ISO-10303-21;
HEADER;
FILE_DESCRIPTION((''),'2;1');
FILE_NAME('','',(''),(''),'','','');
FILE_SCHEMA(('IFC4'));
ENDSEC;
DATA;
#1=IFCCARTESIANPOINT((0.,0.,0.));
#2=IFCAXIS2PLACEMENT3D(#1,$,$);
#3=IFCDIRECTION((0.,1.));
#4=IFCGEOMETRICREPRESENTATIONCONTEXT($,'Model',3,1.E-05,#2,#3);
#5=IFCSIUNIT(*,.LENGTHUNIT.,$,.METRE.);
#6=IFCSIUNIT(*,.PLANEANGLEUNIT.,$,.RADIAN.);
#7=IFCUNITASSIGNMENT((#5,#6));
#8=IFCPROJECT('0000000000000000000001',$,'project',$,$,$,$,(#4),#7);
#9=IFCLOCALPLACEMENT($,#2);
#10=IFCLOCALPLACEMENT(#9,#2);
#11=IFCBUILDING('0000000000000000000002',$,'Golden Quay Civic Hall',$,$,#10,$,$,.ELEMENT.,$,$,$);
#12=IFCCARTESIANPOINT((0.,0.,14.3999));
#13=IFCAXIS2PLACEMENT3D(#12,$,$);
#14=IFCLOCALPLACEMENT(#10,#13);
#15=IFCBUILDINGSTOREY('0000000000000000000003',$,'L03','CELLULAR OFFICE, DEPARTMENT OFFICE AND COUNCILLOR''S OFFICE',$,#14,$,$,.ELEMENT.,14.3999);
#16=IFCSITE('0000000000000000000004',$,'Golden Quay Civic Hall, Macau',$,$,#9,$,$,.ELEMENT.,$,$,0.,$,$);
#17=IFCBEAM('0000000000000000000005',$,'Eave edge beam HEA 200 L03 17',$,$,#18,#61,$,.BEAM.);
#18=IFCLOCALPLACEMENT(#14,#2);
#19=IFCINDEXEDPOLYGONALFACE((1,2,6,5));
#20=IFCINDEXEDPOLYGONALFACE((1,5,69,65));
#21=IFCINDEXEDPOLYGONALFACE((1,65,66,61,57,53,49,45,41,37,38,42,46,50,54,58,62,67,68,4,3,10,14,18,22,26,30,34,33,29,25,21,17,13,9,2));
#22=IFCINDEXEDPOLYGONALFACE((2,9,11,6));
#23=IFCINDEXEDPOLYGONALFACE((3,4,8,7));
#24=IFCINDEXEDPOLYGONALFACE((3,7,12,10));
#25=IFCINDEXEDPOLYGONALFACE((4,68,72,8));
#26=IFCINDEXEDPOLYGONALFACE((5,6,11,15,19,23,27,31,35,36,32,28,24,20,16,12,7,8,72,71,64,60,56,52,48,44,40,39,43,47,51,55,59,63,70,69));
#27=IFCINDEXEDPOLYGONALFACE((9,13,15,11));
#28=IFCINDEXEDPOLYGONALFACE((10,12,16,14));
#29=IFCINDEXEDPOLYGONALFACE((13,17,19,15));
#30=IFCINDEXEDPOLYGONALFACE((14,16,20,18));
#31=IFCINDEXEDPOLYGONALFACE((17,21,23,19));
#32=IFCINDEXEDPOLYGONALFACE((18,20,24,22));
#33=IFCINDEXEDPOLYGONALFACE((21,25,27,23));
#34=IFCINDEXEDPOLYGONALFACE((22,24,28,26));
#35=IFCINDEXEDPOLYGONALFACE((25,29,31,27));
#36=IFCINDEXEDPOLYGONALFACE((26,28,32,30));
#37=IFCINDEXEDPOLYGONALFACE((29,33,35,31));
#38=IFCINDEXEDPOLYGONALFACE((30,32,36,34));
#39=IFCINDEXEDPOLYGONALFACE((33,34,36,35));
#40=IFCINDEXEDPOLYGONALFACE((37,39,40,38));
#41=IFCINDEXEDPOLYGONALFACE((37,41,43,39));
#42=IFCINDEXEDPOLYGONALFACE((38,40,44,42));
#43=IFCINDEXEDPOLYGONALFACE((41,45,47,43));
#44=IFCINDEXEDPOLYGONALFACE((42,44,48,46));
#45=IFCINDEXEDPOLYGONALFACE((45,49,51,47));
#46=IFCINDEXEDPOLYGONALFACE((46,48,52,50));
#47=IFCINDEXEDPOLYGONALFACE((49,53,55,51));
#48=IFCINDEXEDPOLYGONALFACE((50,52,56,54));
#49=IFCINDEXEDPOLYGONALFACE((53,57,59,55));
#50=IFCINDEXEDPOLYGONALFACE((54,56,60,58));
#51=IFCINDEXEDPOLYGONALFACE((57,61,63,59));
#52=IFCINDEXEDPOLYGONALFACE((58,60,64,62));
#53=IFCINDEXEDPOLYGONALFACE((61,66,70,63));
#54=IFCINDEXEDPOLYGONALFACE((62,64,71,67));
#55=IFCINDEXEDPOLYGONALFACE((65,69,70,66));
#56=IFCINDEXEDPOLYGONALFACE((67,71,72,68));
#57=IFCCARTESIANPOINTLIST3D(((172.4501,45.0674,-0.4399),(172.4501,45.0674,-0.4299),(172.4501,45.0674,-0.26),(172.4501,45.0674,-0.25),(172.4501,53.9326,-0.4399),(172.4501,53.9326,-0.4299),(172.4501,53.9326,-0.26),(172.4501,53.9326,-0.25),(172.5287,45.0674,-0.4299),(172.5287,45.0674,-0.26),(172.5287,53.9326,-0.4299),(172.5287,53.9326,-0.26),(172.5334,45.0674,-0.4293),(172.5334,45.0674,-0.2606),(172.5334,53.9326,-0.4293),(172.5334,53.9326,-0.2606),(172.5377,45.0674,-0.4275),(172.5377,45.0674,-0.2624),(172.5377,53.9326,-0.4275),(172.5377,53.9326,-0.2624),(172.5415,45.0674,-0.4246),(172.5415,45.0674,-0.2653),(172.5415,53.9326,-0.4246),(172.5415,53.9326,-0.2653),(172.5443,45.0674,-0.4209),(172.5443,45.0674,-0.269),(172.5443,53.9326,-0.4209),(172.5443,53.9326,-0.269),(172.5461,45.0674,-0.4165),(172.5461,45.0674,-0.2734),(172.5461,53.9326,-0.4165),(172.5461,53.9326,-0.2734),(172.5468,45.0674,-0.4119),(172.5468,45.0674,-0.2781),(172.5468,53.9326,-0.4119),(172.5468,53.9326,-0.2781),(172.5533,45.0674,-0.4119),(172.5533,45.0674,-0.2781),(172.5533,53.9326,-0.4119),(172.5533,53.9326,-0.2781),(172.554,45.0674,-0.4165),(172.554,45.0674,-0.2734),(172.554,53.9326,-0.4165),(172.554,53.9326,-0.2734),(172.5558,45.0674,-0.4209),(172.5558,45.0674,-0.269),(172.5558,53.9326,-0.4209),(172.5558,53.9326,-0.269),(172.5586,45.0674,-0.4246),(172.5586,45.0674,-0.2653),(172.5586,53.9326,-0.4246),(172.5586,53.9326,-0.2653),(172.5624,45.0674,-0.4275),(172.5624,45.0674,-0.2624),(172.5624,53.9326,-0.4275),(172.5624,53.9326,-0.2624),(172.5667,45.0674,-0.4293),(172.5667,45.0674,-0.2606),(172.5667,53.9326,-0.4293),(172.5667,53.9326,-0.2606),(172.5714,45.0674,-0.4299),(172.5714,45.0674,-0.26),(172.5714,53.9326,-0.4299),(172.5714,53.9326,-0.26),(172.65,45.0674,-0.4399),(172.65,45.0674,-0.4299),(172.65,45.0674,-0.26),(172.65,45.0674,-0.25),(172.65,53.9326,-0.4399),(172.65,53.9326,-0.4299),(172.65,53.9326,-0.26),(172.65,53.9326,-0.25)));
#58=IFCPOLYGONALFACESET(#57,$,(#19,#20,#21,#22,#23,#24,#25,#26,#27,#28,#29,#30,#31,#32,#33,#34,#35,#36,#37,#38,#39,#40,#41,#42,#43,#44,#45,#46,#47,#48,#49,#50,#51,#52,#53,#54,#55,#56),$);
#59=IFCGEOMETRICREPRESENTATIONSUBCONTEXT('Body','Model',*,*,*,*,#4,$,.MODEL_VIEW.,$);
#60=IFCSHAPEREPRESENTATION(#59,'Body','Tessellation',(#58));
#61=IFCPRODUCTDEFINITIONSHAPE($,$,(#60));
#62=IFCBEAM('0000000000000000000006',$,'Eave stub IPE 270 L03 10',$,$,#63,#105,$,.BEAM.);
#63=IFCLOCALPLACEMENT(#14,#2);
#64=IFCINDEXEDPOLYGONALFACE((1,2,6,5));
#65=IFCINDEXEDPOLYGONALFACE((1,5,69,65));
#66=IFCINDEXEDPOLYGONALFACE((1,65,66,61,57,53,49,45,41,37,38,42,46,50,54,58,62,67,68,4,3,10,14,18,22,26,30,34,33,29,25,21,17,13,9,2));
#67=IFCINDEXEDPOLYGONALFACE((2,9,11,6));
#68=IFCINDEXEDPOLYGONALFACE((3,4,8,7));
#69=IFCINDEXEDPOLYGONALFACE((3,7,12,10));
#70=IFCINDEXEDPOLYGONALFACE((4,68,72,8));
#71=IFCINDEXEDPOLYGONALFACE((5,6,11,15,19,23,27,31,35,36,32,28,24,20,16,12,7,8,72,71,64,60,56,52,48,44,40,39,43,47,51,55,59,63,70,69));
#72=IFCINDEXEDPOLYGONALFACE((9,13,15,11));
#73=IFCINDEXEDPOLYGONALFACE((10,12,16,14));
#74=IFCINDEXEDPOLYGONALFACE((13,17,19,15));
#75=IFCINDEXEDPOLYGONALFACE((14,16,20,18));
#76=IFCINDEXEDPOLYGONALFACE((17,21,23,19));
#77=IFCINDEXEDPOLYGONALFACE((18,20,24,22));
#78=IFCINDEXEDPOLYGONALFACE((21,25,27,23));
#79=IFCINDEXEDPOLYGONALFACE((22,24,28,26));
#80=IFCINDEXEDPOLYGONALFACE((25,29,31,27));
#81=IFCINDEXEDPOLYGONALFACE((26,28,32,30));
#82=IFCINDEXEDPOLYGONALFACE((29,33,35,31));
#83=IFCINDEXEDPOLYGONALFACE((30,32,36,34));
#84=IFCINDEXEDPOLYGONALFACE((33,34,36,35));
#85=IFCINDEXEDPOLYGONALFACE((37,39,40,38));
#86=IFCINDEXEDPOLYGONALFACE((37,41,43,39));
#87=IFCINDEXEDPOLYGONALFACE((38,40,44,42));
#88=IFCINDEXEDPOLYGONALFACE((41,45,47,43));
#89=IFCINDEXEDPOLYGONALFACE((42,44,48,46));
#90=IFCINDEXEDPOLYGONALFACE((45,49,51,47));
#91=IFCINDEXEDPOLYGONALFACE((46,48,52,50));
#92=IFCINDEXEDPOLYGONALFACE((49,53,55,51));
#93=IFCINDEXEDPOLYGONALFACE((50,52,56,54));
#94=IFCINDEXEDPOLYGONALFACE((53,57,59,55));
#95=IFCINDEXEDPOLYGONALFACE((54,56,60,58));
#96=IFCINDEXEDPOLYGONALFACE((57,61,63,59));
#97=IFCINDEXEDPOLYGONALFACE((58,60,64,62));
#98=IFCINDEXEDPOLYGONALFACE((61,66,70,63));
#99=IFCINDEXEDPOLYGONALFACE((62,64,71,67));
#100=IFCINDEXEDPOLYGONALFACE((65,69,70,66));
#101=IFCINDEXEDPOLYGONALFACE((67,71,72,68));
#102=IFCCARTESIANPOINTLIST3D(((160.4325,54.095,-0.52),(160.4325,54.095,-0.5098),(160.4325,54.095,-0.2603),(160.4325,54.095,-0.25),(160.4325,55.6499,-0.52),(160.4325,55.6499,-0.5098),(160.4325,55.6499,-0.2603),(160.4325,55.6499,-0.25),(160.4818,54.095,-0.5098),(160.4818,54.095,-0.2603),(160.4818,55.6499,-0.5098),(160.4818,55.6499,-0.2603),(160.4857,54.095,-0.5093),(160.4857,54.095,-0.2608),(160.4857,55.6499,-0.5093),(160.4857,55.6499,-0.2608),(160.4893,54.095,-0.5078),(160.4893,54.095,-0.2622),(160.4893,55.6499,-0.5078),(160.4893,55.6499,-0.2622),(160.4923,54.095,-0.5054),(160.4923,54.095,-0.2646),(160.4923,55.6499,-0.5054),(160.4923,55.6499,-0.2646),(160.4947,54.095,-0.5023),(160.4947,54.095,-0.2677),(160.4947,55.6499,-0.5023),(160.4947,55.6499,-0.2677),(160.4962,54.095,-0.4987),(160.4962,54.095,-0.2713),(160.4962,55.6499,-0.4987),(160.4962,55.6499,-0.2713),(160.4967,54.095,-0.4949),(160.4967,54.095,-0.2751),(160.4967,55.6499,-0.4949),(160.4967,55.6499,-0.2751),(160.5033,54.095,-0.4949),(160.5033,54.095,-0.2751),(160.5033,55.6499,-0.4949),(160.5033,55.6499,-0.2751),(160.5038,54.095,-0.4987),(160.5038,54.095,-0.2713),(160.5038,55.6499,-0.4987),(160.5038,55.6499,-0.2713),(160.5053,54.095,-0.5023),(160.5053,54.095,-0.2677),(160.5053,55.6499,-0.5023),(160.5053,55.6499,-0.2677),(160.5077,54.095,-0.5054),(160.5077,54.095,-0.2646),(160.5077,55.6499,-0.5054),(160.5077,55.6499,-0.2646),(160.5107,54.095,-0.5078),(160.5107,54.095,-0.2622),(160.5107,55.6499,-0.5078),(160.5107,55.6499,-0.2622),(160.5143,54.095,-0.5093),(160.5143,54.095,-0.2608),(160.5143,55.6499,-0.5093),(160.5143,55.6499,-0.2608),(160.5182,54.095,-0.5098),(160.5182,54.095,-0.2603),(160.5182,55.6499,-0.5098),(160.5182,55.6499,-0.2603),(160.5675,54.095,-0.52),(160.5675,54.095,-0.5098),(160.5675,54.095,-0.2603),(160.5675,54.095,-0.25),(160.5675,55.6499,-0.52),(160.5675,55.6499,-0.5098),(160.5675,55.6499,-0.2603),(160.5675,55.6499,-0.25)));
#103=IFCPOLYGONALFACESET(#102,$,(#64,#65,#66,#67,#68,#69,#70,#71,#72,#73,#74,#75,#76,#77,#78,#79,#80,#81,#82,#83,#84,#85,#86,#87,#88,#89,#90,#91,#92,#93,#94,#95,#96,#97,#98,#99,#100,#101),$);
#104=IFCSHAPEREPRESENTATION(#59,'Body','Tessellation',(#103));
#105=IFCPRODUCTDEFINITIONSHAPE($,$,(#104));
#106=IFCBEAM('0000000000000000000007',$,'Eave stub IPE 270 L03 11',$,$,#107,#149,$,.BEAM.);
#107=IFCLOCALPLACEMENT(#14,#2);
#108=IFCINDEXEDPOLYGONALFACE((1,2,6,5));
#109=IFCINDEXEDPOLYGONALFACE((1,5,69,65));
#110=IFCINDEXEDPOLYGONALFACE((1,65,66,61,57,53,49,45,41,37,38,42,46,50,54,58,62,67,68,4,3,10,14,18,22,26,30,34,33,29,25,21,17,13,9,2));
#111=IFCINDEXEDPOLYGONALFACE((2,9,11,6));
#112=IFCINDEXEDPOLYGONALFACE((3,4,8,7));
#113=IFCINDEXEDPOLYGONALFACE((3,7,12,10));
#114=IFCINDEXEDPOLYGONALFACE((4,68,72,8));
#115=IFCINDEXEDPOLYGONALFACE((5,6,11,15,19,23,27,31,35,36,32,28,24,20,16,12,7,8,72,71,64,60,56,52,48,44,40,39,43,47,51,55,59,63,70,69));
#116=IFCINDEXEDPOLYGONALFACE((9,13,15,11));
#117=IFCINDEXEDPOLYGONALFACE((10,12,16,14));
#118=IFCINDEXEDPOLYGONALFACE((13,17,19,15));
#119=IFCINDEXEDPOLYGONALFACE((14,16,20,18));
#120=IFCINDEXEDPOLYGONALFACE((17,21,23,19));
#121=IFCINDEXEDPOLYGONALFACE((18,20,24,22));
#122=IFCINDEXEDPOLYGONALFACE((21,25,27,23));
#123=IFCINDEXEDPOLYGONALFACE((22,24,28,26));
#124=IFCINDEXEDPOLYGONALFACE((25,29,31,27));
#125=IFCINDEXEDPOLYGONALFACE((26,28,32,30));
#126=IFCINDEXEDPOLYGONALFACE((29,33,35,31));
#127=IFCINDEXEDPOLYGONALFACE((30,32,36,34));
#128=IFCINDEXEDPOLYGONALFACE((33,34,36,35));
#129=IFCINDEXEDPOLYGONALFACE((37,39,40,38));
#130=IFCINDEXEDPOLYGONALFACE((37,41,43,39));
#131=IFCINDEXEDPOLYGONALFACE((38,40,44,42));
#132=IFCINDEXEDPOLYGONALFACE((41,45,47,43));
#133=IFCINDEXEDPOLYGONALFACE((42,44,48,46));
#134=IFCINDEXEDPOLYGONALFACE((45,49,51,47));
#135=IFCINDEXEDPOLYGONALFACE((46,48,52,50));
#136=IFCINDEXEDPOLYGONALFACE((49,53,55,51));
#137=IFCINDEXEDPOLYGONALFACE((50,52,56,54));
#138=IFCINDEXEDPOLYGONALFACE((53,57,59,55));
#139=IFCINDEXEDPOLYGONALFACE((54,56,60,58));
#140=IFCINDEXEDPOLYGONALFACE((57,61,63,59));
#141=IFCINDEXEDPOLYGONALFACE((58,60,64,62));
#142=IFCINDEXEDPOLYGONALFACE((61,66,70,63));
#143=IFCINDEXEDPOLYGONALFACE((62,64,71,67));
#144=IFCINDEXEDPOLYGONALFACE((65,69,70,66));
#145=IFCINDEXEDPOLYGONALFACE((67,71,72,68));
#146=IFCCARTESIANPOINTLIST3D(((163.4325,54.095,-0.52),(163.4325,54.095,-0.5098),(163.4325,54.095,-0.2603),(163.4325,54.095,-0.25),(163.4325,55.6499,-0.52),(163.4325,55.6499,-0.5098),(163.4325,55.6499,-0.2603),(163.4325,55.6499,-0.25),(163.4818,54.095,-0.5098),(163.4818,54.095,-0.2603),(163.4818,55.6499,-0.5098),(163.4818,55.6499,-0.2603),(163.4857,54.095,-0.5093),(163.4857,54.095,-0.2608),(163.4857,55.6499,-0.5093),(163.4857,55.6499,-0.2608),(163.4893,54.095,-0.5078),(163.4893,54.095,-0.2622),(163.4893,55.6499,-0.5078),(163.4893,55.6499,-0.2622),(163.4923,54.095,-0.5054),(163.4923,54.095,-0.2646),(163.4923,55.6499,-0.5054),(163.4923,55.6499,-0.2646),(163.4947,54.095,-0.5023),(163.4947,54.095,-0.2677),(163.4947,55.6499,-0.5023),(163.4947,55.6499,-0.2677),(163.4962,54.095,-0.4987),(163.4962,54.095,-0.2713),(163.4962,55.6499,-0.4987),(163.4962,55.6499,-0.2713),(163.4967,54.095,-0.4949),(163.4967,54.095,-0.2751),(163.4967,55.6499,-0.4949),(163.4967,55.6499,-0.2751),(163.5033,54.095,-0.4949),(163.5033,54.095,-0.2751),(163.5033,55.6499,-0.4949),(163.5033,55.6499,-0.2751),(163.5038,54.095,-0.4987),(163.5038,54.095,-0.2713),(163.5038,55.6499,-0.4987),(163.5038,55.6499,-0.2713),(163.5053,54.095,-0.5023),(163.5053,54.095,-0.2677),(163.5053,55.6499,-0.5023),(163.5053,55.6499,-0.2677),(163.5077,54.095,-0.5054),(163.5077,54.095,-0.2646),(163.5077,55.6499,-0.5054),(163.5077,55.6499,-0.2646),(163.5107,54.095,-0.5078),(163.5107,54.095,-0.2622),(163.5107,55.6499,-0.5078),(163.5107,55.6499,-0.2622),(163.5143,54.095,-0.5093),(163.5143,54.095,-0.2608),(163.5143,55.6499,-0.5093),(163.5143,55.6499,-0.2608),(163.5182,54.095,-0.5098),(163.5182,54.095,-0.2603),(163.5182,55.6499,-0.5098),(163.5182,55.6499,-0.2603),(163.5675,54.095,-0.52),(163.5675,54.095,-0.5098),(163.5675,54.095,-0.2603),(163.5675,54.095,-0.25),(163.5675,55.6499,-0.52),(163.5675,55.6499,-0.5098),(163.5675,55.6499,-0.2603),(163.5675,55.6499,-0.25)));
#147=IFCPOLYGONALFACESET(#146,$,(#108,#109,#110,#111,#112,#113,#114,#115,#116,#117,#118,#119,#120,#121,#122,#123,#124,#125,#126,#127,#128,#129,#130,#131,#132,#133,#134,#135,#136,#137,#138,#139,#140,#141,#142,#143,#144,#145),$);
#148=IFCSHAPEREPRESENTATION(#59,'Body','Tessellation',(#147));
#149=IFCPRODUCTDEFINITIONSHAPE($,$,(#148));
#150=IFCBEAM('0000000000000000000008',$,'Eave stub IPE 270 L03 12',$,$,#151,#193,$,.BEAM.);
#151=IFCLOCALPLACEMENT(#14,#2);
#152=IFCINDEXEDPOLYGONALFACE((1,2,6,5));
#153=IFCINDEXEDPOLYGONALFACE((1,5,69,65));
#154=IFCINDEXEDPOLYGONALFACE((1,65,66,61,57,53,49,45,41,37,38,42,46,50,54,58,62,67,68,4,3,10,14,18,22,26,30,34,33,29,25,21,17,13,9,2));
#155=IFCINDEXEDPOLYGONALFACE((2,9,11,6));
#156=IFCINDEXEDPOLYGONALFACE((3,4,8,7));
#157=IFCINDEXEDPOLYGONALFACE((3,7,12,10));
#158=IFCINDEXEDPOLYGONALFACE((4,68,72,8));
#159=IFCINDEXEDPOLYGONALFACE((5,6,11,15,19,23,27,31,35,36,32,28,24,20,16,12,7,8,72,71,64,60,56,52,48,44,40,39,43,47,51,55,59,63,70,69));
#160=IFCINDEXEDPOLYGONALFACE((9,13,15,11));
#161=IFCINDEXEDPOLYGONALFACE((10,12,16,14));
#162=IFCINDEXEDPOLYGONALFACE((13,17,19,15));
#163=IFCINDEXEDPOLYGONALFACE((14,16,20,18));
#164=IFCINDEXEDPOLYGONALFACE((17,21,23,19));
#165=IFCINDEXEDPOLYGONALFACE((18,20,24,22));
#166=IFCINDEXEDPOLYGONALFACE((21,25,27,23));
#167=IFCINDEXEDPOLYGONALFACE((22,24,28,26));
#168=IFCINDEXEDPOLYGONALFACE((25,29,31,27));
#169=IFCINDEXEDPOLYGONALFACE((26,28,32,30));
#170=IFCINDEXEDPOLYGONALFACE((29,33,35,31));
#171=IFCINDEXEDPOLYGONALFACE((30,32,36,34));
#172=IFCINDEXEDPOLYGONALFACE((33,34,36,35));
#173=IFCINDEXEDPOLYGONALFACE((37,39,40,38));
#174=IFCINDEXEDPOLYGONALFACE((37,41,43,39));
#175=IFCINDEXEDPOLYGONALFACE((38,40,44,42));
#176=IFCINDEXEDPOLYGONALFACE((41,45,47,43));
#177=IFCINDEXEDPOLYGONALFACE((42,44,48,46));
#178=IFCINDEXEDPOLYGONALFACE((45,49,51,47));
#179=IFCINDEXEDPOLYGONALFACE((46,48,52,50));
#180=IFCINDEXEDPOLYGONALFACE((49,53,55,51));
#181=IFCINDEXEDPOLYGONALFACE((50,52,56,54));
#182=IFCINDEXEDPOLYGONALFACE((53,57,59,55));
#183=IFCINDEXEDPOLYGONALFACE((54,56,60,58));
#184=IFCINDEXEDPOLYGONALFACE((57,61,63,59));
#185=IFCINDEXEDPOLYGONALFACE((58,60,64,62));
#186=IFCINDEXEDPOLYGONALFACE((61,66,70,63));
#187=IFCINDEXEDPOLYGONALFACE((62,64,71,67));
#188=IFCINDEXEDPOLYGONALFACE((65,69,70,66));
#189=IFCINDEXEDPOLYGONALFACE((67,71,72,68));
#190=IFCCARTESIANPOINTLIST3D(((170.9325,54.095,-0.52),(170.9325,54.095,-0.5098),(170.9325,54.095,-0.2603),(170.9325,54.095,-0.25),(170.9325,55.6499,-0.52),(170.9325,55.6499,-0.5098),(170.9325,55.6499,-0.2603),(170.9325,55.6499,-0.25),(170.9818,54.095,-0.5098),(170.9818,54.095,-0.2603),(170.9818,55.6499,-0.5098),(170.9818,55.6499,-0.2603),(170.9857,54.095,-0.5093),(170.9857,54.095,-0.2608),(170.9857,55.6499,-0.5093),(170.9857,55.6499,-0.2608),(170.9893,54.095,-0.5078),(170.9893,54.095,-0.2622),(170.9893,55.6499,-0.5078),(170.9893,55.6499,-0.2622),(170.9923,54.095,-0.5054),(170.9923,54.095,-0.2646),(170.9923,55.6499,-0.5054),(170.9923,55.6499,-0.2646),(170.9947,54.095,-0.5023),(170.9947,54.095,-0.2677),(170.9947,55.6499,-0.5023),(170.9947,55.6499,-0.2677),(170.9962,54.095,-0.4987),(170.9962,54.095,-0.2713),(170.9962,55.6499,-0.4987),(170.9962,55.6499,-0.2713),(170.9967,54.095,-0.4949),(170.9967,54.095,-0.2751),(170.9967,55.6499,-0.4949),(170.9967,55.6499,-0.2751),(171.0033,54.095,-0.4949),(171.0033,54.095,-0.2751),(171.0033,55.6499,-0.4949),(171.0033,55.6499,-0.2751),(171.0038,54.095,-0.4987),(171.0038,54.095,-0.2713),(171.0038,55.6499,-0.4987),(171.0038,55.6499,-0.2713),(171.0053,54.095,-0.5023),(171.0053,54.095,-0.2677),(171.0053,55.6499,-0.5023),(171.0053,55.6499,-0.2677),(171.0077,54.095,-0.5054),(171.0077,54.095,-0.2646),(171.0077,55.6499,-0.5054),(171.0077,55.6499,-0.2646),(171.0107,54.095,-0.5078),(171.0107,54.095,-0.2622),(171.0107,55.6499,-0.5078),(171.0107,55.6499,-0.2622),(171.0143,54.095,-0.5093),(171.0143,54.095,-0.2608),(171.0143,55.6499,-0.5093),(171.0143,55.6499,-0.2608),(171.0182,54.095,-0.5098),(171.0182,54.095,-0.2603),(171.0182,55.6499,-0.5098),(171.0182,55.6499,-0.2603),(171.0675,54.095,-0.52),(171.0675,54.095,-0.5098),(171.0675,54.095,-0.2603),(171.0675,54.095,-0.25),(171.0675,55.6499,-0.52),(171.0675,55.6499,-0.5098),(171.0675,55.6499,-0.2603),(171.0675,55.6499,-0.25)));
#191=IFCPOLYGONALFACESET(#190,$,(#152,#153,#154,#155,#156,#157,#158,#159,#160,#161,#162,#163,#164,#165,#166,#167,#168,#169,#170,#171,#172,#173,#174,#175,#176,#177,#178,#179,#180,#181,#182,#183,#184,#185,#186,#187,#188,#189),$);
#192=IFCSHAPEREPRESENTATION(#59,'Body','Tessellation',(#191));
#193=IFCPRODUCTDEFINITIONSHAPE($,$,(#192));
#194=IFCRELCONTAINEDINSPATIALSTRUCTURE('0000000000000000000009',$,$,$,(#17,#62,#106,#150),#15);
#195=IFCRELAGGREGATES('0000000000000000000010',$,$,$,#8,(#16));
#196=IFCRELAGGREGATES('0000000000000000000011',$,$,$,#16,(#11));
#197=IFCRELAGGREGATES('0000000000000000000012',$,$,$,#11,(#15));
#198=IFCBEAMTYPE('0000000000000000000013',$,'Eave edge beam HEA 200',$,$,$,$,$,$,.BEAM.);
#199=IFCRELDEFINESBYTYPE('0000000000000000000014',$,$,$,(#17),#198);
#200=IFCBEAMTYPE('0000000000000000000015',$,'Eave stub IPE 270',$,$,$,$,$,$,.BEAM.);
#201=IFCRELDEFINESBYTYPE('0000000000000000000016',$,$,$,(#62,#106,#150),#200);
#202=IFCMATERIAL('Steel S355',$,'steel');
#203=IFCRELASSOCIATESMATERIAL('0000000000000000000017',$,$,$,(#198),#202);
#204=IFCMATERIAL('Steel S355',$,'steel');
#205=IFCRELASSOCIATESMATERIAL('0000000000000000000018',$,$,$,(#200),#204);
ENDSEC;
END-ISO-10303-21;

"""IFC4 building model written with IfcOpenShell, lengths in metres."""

from ifc_helpers import new_model, si_unit, direction, frame, origin, origin_2d, place, context, subcontext, project, spatial, i_section, extrude, material, material_profile, profile_set, type_object, element, save


model = new_model("IFC4")

# Units and contexts
model_context = context("Model", 3, precision=1e-05, world=origin(), true_north=direction((0.0, 1.0)))
body_context = subcontext(model_context, "Body", "Model", "MODEL_VIEW")
ifc_project = project(units=[si_unit("LENGTHUNIT", "METRE"), si_unit("PLANEANGLEUNIT", "RADIAN")], contexts=[model_context])

# Site, building, storey
site_placement = place(None, origin())
site = spatial("IfcSite", under=ifc_project, at=site_placement, Name="Golden Quay Civic Hall, Macau", CompositionType="ELEMENT", RefElevation=0.0)
building_placement = place(site_placement, origin())
building = spatial("IfcBuilding", under=site, at=building_placement, Name="Golden Quay Civic Hall", CompositionType="ELEMENT")
storey_placement = place(building_placement, frame((0.0, 0.0, 14.3999)))
storey = spatial("IfcBuildingStorey", under=building, at=storey_placement, Name="L03", Description="CELLULAR OFFICE, DEPARTMENT OFFICE AND COUNCILLOR'S OFFICE", CompositionType="ELEMENT", Elevation=14.3999)

# Beams
ifc_material_1 = material(Name="Steel S355", Category="steel")
ifc_material_profile_1 = material_profile(ifc_material_1, i_section(OverallWidth=0.2, OverallDepth=0.1899, WebThickness=0.0066, FlangeThickness=0.01, FilletRadius=0.0181, at=origin_2d()), Name="HEA 200")
ifc_profile_set_1 = profile_set([ifc_material_profile_1], Name="Steel S355")
beam_type_1 = type_object("IfcBeamType", Name="Eave edge beam HEA 200", PredefinedType="BEAM", material=ifc_profile_set_1)
beam_1_placement = place(storey_placement, frame((172.55, 45.0674, -0.345), z_axis=(0.0, 1.0, 0.0), x_axis=(-1.0, 0.0, 0.0)))
element("IfcBeam", 1, at=beam_1_placement, inside=storey, type_object=beam_type_1, Name="Eave edge beam HEA 200 L03 17", PredefinedType="BEAM", context=body_context, shape_type="SweptSolid", body=[
    extrude(i_section(OverallWidth=0.2, OverallDepth=0.1899, WebThickness=0.0066, FlangeThickness=0.01, FilletRadius=0.0181, at=origin_2d()), origin(), (0.0, 0.0, 1.0), 8.8652),
])
ifc_material_2 = material(Name="Steel S355", Category="steel")
ifc_material_profile_2 = material_profile(ifc_material_2, i_section(OverallWidth=0.135, OverallDepth=0.27, WebThickness=0.0066, FlangeThickness=0.0103, FilletRadius=0.0149, at=origin_2d()), Name="IPE 270")
ifc_profile_set_2 = profile_set([ifc_material_profile_2], Name="Steel S355")
beam_type_2 = type_object("IfcBeamType", Name="Eave stub IPE 270", PredefinedType="BEAM", material=ifc_profile_set_2)
for number, where, z_axis, x_axis, name in (
    (2, (160.5, 54.095, -0.385), (0.0, 1.0, 0.0), (-1.0, 0.0, 0.0), "Eave stub IPE 270 L03 10"),
    (3, (163.5, 54.095, -0.385), (0.0, 1.0, 0.0), (-1.0, 0.0, 0.0), "Eave stub IPE 270 L03 11"),
    (4, (171.0, 54.095, -0.385), (0.0, 1.0, 0.0), (-1.0, 0.0, 0.0), "Eave stub IPE 270 L03 12"),
):
    element("IfcBeam", number, at=place(storey_placement, frame(where, z_axis=z_axis, x_axis=x_axis)), inside=storey, type_object=beam_type_2, Name=name, PredefinedType="BEAM", context=body_context, shape_type="SweptSolid", body=[
        extrude(i_section(OverallWidth=0.135, OverallDepth=0.27, WebThickness=0.0066, FlangeThickness=0.0103, FilletRadius=0.0149, at=origin_2d()), origin(), (0.0, 0.0, 1.0), 1.5549),
    ])

save(model, "model.ifc")
